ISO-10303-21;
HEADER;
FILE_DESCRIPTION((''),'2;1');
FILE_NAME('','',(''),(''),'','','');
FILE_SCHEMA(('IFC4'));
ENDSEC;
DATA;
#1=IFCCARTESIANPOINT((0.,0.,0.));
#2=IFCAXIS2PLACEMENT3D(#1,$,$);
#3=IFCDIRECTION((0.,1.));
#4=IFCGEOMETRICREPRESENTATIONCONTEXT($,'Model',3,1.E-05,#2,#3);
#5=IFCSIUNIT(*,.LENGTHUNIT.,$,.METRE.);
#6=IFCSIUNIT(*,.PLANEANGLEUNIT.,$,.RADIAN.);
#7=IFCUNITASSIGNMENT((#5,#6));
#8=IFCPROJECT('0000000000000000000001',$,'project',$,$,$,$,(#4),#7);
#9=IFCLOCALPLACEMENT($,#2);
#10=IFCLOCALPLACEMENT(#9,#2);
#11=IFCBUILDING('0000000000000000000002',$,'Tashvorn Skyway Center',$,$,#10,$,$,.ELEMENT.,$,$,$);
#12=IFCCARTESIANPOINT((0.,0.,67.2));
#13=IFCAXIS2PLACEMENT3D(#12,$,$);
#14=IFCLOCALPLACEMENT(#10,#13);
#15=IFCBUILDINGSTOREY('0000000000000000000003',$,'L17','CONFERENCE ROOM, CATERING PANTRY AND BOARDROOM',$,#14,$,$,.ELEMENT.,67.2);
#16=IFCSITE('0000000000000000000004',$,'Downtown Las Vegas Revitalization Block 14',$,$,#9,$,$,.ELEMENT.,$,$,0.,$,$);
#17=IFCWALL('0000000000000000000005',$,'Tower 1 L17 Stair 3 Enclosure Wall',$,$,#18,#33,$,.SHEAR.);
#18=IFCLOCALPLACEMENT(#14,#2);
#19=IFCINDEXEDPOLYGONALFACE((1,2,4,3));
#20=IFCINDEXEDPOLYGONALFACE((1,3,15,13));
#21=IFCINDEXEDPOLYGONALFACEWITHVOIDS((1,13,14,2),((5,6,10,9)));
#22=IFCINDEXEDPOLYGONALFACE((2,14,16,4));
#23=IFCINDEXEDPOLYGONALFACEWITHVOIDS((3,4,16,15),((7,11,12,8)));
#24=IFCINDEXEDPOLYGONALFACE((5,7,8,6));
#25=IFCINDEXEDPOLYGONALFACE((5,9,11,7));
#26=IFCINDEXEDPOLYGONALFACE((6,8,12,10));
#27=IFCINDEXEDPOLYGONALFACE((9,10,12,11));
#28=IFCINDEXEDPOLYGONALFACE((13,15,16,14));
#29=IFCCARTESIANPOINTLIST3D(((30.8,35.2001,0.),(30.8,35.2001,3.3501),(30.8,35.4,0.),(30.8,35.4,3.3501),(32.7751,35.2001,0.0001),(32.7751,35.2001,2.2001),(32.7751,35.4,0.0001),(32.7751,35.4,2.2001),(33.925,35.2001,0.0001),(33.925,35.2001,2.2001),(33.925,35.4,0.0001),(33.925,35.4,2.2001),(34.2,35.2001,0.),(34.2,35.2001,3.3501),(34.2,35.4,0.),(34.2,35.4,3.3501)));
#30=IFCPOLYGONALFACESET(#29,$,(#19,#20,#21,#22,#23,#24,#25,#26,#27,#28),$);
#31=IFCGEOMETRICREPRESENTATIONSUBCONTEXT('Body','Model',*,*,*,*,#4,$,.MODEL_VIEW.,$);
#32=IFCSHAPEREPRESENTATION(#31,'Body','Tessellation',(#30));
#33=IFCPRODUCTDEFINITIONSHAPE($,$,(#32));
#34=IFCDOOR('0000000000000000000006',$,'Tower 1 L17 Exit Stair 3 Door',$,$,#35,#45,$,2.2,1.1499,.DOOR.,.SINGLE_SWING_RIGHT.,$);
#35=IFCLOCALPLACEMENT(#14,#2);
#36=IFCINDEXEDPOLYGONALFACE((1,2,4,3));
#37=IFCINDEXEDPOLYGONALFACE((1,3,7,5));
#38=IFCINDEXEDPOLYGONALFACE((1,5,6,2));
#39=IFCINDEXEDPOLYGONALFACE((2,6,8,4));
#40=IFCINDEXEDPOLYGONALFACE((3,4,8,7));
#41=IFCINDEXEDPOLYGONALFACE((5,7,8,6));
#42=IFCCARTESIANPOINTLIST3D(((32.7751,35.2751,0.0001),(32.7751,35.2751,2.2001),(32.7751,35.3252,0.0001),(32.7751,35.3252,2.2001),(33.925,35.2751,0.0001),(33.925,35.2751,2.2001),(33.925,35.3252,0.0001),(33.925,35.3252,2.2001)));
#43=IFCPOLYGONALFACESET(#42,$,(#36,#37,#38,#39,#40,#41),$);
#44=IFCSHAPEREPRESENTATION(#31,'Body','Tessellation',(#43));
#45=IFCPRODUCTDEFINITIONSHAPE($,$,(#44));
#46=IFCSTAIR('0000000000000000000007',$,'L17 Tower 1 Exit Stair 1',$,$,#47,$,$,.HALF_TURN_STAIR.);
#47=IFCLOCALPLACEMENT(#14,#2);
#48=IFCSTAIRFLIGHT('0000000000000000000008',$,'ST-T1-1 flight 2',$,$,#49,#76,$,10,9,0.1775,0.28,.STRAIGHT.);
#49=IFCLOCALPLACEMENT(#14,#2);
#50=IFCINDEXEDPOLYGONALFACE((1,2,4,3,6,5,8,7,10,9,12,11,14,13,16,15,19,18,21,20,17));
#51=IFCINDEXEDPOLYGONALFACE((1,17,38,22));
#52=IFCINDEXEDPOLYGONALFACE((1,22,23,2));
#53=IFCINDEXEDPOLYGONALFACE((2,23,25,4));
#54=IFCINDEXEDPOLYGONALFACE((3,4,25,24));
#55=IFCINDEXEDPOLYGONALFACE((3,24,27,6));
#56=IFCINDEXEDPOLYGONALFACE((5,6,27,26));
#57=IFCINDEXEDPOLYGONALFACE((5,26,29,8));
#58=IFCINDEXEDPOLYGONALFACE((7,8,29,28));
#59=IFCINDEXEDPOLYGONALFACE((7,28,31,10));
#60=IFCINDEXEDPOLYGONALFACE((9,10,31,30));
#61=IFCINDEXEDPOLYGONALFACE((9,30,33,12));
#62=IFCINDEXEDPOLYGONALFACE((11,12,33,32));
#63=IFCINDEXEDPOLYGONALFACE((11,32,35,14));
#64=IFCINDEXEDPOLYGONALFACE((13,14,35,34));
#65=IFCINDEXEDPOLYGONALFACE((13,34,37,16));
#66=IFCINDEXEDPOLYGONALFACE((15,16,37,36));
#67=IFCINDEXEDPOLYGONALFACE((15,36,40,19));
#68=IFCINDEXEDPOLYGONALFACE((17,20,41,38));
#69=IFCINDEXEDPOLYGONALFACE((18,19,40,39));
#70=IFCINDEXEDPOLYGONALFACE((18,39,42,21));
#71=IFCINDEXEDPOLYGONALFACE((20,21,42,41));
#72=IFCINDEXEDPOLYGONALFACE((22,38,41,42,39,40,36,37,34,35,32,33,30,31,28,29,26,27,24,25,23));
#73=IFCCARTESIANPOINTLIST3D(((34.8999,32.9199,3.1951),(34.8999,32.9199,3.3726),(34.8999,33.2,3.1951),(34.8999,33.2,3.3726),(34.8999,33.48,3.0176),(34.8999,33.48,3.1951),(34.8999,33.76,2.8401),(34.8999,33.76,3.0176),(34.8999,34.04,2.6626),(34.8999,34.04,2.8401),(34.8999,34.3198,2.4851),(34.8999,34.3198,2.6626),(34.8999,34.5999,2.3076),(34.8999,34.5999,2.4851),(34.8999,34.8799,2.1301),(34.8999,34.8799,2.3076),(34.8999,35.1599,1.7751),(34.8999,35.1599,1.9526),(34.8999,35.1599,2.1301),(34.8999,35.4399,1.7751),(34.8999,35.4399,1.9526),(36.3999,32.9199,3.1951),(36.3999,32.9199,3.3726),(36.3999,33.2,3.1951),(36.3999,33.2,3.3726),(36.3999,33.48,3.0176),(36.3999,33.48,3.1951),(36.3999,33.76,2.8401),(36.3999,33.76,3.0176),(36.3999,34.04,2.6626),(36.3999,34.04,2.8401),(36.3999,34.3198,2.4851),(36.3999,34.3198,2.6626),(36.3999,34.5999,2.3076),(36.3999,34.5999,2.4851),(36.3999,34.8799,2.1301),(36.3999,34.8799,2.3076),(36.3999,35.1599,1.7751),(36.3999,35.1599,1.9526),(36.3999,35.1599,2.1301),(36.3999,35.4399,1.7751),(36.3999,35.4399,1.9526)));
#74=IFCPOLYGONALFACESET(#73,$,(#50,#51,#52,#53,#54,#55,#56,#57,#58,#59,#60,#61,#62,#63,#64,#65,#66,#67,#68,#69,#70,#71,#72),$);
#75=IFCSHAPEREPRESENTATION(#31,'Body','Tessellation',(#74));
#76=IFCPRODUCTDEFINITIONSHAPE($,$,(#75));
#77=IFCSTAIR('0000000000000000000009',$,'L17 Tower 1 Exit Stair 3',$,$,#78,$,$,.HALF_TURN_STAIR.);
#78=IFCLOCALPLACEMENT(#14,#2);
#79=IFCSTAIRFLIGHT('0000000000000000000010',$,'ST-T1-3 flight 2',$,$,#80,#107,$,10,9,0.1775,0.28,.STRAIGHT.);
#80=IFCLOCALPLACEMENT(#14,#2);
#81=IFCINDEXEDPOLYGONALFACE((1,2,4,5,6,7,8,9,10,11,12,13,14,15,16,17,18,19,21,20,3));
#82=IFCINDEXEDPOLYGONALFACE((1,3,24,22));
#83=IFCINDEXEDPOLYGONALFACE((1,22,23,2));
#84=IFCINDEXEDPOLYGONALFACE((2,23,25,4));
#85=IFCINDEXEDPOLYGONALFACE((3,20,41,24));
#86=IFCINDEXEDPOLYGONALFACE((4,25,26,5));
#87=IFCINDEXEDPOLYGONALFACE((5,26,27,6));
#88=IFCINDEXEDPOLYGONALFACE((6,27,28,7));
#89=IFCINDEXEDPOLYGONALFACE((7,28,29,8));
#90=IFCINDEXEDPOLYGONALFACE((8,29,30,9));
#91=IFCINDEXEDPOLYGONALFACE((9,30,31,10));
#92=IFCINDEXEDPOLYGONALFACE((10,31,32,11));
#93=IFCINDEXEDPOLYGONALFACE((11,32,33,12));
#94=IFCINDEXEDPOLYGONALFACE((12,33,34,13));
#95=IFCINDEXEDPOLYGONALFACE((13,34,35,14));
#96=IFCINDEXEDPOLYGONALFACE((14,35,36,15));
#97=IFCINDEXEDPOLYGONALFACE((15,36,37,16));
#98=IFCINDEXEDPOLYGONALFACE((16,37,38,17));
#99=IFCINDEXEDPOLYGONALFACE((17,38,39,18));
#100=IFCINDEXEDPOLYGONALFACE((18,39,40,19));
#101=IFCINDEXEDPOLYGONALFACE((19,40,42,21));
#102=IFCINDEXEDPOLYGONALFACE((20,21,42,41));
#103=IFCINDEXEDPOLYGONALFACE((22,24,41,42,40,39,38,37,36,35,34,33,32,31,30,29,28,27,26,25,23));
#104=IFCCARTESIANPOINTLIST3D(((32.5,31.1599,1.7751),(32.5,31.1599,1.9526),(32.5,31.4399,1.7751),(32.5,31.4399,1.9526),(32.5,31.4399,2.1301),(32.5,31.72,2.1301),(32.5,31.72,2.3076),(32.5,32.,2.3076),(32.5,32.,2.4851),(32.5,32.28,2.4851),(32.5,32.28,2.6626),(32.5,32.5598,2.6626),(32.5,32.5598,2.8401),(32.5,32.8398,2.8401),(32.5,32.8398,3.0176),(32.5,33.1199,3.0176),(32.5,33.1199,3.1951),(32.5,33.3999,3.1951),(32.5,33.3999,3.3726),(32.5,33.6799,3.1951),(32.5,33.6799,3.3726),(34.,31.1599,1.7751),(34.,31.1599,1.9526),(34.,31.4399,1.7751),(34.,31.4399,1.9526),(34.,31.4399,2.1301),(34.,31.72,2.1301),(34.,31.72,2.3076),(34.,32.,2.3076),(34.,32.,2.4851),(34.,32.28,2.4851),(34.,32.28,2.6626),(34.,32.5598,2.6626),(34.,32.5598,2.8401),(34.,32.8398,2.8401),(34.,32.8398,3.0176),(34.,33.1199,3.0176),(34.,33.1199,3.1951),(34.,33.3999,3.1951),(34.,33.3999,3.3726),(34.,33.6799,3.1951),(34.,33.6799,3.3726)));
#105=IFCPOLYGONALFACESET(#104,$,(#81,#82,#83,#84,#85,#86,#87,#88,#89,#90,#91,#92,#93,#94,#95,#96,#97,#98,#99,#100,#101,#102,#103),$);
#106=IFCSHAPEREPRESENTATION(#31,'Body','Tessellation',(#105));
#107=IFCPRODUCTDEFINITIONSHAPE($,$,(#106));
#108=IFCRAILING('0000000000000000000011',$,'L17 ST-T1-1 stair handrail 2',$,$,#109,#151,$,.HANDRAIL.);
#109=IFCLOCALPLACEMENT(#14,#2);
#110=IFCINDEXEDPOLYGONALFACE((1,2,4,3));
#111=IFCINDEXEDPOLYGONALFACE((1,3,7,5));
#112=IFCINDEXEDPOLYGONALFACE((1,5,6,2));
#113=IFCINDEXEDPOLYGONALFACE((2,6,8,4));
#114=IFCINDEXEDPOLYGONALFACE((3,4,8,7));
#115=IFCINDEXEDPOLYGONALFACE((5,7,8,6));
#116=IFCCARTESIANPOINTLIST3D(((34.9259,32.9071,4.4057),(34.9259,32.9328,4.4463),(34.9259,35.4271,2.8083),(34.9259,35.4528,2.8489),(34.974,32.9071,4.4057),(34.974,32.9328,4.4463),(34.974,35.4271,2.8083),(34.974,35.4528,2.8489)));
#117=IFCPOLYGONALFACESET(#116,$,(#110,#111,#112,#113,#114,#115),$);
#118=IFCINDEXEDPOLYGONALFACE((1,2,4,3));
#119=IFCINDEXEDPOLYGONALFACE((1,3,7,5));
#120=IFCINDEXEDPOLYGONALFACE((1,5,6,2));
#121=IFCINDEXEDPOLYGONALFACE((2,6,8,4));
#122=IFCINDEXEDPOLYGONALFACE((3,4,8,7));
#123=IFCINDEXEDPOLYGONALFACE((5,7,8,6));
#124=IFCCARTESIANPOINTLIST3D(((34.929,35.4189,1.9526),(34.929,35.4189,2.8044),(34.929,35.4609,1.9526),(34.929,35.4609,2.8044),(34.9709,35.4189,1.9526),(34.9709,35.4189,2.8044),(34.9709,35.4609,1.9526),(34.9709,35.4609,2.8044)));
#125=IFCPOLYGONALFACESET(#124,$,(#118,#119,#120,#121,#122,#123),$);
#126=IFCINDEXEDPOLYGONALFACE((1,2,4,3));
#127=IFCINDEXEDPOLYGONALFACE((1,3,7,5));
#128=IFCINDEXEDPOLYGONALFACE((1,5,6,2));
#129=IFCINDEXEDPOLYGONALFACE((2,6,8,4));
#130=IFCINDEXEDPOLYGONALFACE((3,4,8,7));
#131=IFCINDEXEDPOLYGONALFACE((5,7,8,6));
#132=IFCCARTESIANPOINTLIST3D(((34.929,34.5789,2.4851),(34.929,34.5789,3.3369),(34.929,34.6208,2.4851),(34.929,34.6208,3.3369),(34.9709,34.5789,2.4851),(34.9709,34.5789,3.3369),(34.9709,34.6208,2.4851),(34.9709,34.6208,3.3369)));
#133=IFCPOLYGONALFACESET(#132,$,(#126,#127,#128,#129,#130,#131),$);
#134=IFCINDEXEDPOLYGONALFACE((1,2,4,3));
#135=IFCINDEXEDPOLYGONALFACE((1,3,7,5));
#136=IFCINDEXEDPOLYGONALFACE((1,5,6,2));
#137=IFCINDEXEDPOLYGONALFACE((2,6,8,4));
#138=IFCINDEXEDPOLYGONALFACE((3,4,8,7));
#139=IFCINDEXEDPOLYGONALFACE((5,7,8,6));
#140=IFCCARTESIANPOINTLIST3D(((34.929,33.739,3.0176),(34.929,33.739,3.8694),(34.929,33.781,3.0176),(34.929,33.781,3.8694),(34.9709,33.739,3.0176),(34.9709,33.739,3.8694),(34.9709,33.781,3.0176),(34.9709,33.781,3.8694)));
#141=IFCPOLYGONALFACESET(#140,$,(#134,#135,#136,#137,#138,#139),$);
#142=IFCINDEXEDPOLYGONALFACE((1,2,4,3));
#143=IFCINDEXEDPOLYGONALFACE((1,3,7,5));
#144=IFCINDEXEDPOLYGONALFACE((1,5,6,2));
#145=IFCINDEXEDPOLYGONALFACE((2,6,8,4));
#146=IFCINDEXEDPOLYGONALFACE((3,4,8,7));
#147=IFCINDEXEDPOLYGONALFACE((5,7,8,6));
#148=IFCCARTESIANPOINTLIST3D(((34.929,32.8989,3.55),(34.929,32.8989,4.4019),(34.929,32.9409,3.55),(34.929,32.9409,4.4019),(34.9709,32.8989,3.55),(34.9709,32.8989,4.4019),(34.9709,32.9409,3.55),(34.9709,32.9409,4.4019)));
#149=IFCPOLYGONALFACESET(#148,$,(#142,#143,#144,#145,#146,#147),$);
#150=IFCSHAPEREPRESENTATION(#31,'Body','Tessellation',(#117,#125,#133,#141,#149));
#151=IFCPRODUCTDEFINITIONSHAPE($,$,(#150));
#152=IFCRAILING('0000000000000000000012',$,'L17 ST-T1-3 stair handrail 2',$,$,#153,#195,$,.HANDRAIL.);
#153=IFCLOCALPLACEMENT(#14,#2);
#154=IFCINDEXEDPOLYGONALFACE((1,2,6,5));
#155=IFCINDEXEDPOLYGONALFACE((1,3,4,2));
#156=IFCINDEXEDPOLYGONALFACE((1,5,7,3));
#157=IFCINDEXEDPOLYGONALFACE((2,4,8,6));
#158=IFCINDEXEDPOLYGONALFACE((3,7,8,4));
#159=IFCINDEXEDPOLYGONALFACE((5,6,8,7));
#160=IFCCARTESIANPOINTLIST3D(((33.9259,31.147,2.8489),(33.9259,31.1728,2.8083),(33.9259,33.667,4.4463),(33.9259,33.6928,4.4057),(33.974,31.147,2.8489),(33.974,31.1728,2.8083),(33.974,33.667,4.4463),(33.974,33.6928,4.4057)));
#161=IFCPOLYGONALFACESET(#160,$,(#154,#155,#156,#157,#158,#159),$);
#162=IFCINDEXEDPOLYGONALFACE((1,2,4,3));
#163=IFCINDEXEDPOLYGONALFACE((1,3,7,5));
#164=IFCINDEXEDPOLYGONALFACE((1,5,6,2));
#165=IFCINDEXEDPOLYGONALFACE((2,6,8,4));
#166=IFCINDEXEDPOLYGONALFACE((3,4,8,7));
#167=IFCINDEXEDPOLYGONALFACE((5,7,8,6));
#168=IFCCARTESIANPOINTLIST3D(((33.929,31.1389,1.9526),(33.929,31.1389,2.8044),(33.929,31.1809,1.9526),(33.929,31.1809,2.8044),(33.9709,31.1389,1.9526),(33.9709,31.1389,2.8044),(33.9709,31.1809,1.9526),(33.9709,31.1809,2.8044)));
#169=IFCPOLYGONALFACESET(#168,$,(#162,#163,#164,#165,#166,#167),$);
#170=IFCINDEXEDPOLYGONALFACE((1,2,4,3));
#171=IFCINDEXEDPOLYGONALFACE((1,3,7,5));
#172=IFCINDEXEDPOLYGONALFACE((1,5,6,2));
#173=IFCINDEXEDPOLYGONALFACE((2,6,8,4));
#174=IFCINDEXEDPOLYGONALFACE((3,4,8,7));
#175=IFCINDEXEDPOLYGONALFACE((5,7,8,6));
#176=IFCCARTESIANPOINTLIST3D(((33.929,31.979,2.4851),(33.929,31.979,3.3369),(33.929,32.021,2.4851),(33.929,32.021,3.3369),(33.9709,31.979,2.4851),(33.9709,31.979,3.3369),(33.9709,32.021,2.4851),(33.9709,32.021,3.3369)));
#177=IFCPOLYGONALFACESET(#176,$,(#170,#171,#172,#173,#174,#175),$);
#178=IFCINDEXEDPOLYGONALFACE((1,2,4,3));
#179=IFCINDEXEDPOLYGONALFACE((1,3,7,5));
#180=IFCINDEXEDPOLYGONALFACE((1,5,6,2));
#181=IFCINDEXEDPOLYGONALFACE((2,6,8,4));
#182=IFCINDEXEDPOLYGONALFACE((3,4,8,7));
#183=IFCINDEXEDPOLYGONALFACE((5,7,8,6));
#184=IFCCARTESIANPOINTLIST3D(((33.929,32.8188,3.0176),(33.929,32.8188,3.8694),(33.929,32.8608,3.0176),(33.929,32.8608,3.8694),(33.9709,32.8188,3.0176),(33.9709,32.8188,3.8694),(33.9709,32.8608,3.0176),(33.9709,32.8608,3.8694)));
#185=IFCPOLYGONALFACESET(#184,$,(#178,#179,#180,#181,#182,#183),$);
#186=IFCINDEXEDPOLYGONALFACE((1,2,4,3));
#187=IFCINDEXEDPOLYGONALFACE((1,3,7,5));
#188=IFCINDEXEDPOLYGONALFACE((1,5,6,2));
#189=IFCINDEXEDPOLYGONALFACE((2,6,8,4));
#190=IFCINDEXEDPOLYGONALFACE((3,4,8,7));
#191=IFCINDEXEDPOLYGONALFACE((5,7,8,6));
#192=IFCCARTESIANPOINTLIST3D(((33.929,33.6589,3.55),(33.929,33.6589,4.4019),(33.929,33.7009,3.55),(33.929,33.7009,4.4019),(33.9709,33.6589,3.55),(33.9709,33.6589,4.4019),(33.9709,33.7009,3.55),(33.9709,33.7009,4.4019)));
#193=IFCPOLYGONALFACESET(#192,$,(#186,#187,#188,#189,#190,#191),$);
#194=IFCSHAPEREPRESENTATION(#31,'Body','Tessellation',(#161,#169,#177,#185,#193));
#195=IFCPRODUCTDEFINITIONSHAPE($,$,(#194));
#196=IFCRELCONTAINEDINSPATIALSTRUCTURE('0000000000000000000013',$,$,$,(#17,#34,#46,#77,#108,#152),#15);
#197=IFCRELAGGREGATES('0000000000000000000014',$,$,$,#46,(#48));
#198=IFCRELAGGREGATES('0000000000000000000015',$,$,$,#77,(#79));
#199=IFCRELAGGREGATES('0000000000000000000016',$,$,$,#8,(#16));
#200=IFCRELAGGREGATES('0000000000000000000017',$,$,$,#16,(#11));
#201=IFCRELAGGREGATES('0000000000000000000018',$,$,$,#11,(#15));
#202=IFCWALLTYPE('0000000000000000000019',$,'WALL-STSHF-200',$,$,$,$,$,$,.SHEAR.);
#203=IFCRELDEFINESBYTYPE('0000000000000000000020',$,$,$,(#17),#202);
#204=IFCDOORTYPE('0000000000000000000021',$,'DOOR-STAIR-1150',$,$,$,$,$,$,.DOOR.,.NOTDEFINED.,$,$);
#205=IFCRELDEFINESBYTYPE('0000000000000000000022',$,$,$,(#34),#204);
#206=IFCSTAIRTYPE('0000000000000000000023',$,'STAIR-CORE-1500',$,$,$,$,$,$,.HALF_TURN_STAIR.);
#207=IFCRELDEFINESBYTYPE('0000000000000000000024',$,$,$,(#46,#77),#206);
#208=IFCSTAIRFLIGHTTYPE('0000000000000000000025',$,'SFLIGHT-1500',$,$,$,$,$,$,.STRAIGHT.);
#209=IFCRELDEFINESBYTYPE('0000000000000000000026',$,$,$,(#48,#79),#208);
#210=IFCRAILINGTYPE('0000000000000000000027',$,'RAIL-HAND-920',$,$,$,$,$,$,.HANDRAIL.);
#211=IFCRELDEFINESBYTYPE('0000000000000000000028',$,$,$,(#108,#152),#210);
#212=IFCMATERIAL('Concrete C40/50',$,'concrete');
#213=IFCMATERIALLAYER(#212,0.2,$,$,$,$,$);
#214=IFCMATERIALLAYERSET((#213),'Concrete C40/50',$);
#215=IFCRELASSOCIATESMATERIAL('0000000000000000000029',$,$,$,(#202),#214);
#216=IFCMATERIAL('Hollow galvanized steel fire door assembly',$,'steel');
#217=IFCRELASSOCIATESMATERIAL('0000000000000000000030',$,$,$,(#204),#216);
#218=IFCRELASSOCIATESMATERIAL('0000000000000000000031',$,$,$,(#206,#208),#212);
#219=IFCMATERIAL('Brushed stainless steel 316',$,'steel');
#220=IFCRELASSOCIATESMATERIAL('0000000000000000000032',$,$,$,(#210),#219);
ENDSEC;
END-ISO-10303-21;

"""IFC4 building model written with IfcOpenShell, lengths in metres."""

from ifc_helpers import new_model, si_unit, direction, frame, frame_2d, origin, origin_2d, place, context, subcontext, project, spatial, polyline, rectangle, outline, extrude, material, layer, layer_set, type_object, element, fill, aggregate, save


model = new_model("IFC4")

# Units and contexts
model_context = context("Model", 3, precision=1e-05, world=origin(), true_north=direction((0.0, 1.0)))
body_context = subcontext(model_context, "Body", "Model", "MODEL_VIEW")
ifc_project = project(units=[si_unit("LENGTHUNIT", "METRE"), si_unit("PLANEANGLEUNIT", "RADIAN")], contexts=[model_context])

# Site, building, storey
site_placement = place(None, origin())
site = spatial("IfcSite", under=ifc_project, at=site_placement, Name="Downtown Las Vegas Revitalization Block 14", CompositionType="ELEMENT", RefElevation=0.0)
building_placement = place(site_placement, origin())
building = spatial("IfcBuilding", under=site, at=building_placement, Name="Tashvorn Skyway Center", CompositionType="ELEMENT")
storey_placement = place(building_placement, frame((0.0, 0.0, 67.2)))
storey = spatial("IfcBuildingStorey", under=building, at=storey_placement, Name="L17", Description="CONFERENCE ROOM, CATERING PANTRY AND BOARDROOM", CompositionType="ELEMENT", Elevation=67.2)

# Shared definitions
ifc_material_1 = material(Name="Hollow galvanized steel fire door assembly", Category="steel")

# Shared definitions
ifc_material_2 = material(Name="Concrete C40/50", Category="concrete")
ifc_layer_1 = layer(ifc_material_2, 0.2)
ifc_layer_set_1 = layer_set([ifc_layer_1], Name="Concrete C40/50")
wall_type_1 = type_object("IfcWallType", Name="WALL-STSHF-200", PredefinedType="SHEAR", material=ifc_layer_set_1)

# Wall, opening, door
wall_1_placement = place(storey_placement, frame((34.2, 35.3, 0.0), z_axis=(0.0, 0.0, 1.0), x_axis=(-1.0, 0.0, 0.0)))
wall_1 = element("IfcWall", 1, at=wall_1_placement, inside=storey, type_object=wall_type_1, Name="Tower 1 L17 Stair 3 Enclosure Wall", PredefinedType="SHEAR", context=body_context, shape_type="SweptSolid", body=[
    extrude(rectangle(XDim=3.3999, YDim=0.2, at=frame_2d((1.7, 0.0))), origin(), (0.0, 0.0, 1.0), 3.3501),
])
opening_1_placement = place(wall_1_placement, frame((0.2749, 0.0, 0.0)))
opening_1 = element("IfcOpeningElement", 2, at=opening_1_placement, cuts=wall_1, PredefinedType="OPENING", context=body_context, shape_type="SweptSolid", body=[
    extrude(rectangle(XDim=1.1499, YDim=2.2, at=frame_2d((0.575, 1.1001))), frame((0.0, 0.1099, 0.0), z_axis=(0.0, -1.0, 0.0), x_axis=(1.0, 0.0, 0.0)), (0.0, 0.0, 1.0), 0.22),
])
door_type_1 = type_object("IfcDoorType", Name="DOOR-STAIR-1150", OperationType="NOTDEFINED", PredefinedType="DOOR", material=ifc_material_1)
door_1_placement = place(opening_1_placement, origin())
door_1 = element("IfcDoor", 3, at=door_1_placement, inside=storey, type_object=door_type_1, Name="Tower 1 L17 Exit Stair 3 Door", OperationType="SINGLE_SWING_RIGHT", OverallHeight=2.2, OverallWidth=1.1499, PredefinedType="DOOR", context=body_context, shape_type="SweptSolid", body=[
    extrude(rectangle(XDim=1.1499, YDim=2.2, at=frame_2d((0.575, 1.1001))), frame((0.0, 0.0249, 0.0), z_axis=(0.0, -1.0, 0.0), x_axis=(1.0, 0.0, 0.0)), (0.0, 0.0, 1.0), 0.05),
])
fill(opening_1, door_1)

# Stairs, stair flights
stair_type = type_object("IfcStairType", Name="STAIR-CORE-1500", PredefinedType="HALF_TURN_STAIR", material=ifc_material_2)
stair_1_placement = place(storey_placement, origin())
stair_1 = element("IfcStair", 4, at=stair_1_placement, inside=storey, type_object=stair_type, Name="L17 Tower 1 Exit Stair 1", PredefinedType="HALF_TURN_STAIR")
stair_flight_type = type_object("IfcStairFlightType", Name="SFLIGHT-1500", PredefinedType="STRAIGHT", material=ifc_material_2)
stair_flight_1_placement = place(storey_placement, frame((35.6499, 35.4399, 1.7751), z_axis=(0.0, 0.0, 1.0), x_axis=(0.0, -1.0, 0.0)))
stair_flight_1 = element("IfcStairFlight", 5, at=stair_flight_1_placement, type_object=stair_flight_type, Name="ST-T1-1 flight 2", NumberOfRisers=10, NumberOfTreads=9, PredefinedType="STRAIGHT", RiserHeight=0.1775, TreadLength=0.28, context=body_context, shape_type="SweptSolid", body=[
    extrude(outline(polyline([(0.0, 0.0), (0.0, 0.1775), (0.28, 0.1775), (0.28, 0.355), (0.5601, 0.355), (0.5601, 0.5325), (0.8401, 0.5325), (0.8401, 0.71), (1.1201, 0.71), (1.1201, 0.8875), (1.3999, 0.8875), (1.3999, 1.0649), (1.6799, 1.0649), (1.6799, 1.2424), (1.96, 1.2424), (1.96, 1.4199), (2.24, 1.4199), (2.24, 1.5974), (2.52, 1.5974), (2.52, 1.7749), (2.52, 1.4199), (0.28, 0.0), (0.0, 0.0)])), frame((0.0, 0.75, 0.0), z_axis=(0.0, -1.0, 0.0), x_axis=(1.0, 0.0, 0.0)), (0.0, 0.0, 1.0), 1.5),
])
aggregate(stair_1, [stair_flight_1])
stair_2_placement = place(storey_placement, origin())
stair_2 = element("IfcStair", 6, at=stair_2_placement, inside=storey, type_object=stair_type, Name="L17 Tower 1 Exit Stair 3", PredefinedType="HALF_TURN_STAIR")
stair_flight_2_placement = place(storey_placement, frame((33.25, 31.1599, 1.7751), z_axis=(0.0, 0.0, 1.0), x_axis=(0.0, 1.0, 0.0)))
stair_flight_2 = element("IfcStairFlight", 7, at=stair_flight_2_placement, type_object=stair_flight_type, Name="ST-T1-3 flight 2", NumberOfRisers=10, NumberOfTreads=9, PredefinedType="STRAIGHT", RiserHeight=0.1775, TreadLength=0.28, context=body_context, shape_type="SweptSolid", body=[
    extrude(outline(polyline([(0.0, 0.0), (0.0, 0.1775), (0.28, 0.1775), (0.28, 0.355), (0.5601, 0.355), (0.5601, 0.5325), (0.8401, 0.5325), (0.8401, 0.71), (1.1201, 0.71), (1.1201, 0.8875), (1.3999, 0.8875), (1.3999, 1.0649), (1.6799, 1.0649), (1.6799, 1.2424), (1.96, 1.2424), (1.96, 1.4199), (2.24, 1.4199), (2.24, 1.5974), (2.52, 1.5974), (2.52, 1.7749), (2.52, 1.4199), (0.28, 0.0), (0.0, 0.0)])), frame((0.0, 0.75, 0.0), z_axis=(0.0, -1.0, 0.0), x_axis=(1.0, 0.0, 0.0)), (0.0, 0.0, 1.0), 1.5),
])
aggregate(stair_2, [stair_flight_2])

# Railings
ifc_material_3 = material(Name="Brushed stainless steel 316", Category="steel")
railing_type_1 = type_object("IfcRailingType", Name="RAIL-HAND-920", PredefinedType="HANDRAIL", material=ifc_material_3)
railing_1_placement = place(storey_placement, frame((34.95, 35.4399, 1.9526)))
element("IfcRailing", 8, at=railing_1_placement, inside=storey, type_object=railing_type_1, Name="L17 ST-T1-1 stair handrail 2", PredefinedType="HANDRAIL", context=body_context, shape_type="SweptSolid", body=[
    extrude(rectangle(XDim=0.0481, YDim=0.0481, at=origin_2d()), frame((0.0, 0.0, 0.876), z_axis=(0.0, -0.844607, 0.535387), x_axis=(1.0, 0.0, 0.0)), (0.0, 0.0, 1.0), 2.9836),
    extrude(rectangle(XDim=0.042, YDim=0.042, at=origin_2d()), origin(), (0.0, 0.0, 1.0), 0.8518),
    extrude(rectangle(XDim=0.042, YDim=0.042, at=origin_2d()), frame((0.0, -0.8401, 0.5325)), (0.0, 0.0, 1.0), 0.8518),
    extrude(rectangle(XDim=0.042, YDim=0.042, at=origin_2d()), frame((0.0, -1.6799, 1.0649)), (0.0, 0.0, 1.0), 0.8518),
    extrude(rectangle(XDim=0.042, YDim=0.042, at=origin_2d()), frame((0.0, -2.52, 1.5974)), (0.0, 0.0, 1.0), 0.8518),
])
railing_2_placement = place(storey_placement, frame((33.95, 31.1599, 1.9526)))
element("IfcRailing", 9, at=railing_2_placement, inside=storey, type_object=railing_type_1, Name="L17 ST-T1-3 stair handrail 2", PredefinedType="HANDRAIL", context=body_context, shape_type="SweptSolid", body=[
    extrude(rectangle(XDim=0.0481, YDim=0.0481, at=origin_2d()), frame((0.0, 0.0, 0.876), z_axis=(0.0, 0.844607, 0.535387), x_axis=(-1.0, 0.0, 0.0)), (0.0, 0.0, 1.0), 2.9836),
    extrude(rectangle(XDim=0.042, YDim=0.042, at=origin_2d()), origin(), (0.0, 0.0, 1.0), 0.8518),
    extrude(rectangle(XDim=0.042, YDim=0.042, at=origin_2d()), frame((0.0, 0.8401, 0.5325)), (0.0, 0.0, 1.0), 0.8518),
    extrude(rectangle(XDim=0.042, YDim=0.042, at=origin_2d()), frame((0.0, 1.6799, 1.0649)), (0.0, 0.0, 1.0), 0.8518),
    extrude(rectangle(XDim=0.042, YDim=0.042, at=origin_2d()), frame((0.0, 2.52, 1.5974)), (0.0, 0.0, 1.0), 0.8518),
])

save(model, "model.ifc")
